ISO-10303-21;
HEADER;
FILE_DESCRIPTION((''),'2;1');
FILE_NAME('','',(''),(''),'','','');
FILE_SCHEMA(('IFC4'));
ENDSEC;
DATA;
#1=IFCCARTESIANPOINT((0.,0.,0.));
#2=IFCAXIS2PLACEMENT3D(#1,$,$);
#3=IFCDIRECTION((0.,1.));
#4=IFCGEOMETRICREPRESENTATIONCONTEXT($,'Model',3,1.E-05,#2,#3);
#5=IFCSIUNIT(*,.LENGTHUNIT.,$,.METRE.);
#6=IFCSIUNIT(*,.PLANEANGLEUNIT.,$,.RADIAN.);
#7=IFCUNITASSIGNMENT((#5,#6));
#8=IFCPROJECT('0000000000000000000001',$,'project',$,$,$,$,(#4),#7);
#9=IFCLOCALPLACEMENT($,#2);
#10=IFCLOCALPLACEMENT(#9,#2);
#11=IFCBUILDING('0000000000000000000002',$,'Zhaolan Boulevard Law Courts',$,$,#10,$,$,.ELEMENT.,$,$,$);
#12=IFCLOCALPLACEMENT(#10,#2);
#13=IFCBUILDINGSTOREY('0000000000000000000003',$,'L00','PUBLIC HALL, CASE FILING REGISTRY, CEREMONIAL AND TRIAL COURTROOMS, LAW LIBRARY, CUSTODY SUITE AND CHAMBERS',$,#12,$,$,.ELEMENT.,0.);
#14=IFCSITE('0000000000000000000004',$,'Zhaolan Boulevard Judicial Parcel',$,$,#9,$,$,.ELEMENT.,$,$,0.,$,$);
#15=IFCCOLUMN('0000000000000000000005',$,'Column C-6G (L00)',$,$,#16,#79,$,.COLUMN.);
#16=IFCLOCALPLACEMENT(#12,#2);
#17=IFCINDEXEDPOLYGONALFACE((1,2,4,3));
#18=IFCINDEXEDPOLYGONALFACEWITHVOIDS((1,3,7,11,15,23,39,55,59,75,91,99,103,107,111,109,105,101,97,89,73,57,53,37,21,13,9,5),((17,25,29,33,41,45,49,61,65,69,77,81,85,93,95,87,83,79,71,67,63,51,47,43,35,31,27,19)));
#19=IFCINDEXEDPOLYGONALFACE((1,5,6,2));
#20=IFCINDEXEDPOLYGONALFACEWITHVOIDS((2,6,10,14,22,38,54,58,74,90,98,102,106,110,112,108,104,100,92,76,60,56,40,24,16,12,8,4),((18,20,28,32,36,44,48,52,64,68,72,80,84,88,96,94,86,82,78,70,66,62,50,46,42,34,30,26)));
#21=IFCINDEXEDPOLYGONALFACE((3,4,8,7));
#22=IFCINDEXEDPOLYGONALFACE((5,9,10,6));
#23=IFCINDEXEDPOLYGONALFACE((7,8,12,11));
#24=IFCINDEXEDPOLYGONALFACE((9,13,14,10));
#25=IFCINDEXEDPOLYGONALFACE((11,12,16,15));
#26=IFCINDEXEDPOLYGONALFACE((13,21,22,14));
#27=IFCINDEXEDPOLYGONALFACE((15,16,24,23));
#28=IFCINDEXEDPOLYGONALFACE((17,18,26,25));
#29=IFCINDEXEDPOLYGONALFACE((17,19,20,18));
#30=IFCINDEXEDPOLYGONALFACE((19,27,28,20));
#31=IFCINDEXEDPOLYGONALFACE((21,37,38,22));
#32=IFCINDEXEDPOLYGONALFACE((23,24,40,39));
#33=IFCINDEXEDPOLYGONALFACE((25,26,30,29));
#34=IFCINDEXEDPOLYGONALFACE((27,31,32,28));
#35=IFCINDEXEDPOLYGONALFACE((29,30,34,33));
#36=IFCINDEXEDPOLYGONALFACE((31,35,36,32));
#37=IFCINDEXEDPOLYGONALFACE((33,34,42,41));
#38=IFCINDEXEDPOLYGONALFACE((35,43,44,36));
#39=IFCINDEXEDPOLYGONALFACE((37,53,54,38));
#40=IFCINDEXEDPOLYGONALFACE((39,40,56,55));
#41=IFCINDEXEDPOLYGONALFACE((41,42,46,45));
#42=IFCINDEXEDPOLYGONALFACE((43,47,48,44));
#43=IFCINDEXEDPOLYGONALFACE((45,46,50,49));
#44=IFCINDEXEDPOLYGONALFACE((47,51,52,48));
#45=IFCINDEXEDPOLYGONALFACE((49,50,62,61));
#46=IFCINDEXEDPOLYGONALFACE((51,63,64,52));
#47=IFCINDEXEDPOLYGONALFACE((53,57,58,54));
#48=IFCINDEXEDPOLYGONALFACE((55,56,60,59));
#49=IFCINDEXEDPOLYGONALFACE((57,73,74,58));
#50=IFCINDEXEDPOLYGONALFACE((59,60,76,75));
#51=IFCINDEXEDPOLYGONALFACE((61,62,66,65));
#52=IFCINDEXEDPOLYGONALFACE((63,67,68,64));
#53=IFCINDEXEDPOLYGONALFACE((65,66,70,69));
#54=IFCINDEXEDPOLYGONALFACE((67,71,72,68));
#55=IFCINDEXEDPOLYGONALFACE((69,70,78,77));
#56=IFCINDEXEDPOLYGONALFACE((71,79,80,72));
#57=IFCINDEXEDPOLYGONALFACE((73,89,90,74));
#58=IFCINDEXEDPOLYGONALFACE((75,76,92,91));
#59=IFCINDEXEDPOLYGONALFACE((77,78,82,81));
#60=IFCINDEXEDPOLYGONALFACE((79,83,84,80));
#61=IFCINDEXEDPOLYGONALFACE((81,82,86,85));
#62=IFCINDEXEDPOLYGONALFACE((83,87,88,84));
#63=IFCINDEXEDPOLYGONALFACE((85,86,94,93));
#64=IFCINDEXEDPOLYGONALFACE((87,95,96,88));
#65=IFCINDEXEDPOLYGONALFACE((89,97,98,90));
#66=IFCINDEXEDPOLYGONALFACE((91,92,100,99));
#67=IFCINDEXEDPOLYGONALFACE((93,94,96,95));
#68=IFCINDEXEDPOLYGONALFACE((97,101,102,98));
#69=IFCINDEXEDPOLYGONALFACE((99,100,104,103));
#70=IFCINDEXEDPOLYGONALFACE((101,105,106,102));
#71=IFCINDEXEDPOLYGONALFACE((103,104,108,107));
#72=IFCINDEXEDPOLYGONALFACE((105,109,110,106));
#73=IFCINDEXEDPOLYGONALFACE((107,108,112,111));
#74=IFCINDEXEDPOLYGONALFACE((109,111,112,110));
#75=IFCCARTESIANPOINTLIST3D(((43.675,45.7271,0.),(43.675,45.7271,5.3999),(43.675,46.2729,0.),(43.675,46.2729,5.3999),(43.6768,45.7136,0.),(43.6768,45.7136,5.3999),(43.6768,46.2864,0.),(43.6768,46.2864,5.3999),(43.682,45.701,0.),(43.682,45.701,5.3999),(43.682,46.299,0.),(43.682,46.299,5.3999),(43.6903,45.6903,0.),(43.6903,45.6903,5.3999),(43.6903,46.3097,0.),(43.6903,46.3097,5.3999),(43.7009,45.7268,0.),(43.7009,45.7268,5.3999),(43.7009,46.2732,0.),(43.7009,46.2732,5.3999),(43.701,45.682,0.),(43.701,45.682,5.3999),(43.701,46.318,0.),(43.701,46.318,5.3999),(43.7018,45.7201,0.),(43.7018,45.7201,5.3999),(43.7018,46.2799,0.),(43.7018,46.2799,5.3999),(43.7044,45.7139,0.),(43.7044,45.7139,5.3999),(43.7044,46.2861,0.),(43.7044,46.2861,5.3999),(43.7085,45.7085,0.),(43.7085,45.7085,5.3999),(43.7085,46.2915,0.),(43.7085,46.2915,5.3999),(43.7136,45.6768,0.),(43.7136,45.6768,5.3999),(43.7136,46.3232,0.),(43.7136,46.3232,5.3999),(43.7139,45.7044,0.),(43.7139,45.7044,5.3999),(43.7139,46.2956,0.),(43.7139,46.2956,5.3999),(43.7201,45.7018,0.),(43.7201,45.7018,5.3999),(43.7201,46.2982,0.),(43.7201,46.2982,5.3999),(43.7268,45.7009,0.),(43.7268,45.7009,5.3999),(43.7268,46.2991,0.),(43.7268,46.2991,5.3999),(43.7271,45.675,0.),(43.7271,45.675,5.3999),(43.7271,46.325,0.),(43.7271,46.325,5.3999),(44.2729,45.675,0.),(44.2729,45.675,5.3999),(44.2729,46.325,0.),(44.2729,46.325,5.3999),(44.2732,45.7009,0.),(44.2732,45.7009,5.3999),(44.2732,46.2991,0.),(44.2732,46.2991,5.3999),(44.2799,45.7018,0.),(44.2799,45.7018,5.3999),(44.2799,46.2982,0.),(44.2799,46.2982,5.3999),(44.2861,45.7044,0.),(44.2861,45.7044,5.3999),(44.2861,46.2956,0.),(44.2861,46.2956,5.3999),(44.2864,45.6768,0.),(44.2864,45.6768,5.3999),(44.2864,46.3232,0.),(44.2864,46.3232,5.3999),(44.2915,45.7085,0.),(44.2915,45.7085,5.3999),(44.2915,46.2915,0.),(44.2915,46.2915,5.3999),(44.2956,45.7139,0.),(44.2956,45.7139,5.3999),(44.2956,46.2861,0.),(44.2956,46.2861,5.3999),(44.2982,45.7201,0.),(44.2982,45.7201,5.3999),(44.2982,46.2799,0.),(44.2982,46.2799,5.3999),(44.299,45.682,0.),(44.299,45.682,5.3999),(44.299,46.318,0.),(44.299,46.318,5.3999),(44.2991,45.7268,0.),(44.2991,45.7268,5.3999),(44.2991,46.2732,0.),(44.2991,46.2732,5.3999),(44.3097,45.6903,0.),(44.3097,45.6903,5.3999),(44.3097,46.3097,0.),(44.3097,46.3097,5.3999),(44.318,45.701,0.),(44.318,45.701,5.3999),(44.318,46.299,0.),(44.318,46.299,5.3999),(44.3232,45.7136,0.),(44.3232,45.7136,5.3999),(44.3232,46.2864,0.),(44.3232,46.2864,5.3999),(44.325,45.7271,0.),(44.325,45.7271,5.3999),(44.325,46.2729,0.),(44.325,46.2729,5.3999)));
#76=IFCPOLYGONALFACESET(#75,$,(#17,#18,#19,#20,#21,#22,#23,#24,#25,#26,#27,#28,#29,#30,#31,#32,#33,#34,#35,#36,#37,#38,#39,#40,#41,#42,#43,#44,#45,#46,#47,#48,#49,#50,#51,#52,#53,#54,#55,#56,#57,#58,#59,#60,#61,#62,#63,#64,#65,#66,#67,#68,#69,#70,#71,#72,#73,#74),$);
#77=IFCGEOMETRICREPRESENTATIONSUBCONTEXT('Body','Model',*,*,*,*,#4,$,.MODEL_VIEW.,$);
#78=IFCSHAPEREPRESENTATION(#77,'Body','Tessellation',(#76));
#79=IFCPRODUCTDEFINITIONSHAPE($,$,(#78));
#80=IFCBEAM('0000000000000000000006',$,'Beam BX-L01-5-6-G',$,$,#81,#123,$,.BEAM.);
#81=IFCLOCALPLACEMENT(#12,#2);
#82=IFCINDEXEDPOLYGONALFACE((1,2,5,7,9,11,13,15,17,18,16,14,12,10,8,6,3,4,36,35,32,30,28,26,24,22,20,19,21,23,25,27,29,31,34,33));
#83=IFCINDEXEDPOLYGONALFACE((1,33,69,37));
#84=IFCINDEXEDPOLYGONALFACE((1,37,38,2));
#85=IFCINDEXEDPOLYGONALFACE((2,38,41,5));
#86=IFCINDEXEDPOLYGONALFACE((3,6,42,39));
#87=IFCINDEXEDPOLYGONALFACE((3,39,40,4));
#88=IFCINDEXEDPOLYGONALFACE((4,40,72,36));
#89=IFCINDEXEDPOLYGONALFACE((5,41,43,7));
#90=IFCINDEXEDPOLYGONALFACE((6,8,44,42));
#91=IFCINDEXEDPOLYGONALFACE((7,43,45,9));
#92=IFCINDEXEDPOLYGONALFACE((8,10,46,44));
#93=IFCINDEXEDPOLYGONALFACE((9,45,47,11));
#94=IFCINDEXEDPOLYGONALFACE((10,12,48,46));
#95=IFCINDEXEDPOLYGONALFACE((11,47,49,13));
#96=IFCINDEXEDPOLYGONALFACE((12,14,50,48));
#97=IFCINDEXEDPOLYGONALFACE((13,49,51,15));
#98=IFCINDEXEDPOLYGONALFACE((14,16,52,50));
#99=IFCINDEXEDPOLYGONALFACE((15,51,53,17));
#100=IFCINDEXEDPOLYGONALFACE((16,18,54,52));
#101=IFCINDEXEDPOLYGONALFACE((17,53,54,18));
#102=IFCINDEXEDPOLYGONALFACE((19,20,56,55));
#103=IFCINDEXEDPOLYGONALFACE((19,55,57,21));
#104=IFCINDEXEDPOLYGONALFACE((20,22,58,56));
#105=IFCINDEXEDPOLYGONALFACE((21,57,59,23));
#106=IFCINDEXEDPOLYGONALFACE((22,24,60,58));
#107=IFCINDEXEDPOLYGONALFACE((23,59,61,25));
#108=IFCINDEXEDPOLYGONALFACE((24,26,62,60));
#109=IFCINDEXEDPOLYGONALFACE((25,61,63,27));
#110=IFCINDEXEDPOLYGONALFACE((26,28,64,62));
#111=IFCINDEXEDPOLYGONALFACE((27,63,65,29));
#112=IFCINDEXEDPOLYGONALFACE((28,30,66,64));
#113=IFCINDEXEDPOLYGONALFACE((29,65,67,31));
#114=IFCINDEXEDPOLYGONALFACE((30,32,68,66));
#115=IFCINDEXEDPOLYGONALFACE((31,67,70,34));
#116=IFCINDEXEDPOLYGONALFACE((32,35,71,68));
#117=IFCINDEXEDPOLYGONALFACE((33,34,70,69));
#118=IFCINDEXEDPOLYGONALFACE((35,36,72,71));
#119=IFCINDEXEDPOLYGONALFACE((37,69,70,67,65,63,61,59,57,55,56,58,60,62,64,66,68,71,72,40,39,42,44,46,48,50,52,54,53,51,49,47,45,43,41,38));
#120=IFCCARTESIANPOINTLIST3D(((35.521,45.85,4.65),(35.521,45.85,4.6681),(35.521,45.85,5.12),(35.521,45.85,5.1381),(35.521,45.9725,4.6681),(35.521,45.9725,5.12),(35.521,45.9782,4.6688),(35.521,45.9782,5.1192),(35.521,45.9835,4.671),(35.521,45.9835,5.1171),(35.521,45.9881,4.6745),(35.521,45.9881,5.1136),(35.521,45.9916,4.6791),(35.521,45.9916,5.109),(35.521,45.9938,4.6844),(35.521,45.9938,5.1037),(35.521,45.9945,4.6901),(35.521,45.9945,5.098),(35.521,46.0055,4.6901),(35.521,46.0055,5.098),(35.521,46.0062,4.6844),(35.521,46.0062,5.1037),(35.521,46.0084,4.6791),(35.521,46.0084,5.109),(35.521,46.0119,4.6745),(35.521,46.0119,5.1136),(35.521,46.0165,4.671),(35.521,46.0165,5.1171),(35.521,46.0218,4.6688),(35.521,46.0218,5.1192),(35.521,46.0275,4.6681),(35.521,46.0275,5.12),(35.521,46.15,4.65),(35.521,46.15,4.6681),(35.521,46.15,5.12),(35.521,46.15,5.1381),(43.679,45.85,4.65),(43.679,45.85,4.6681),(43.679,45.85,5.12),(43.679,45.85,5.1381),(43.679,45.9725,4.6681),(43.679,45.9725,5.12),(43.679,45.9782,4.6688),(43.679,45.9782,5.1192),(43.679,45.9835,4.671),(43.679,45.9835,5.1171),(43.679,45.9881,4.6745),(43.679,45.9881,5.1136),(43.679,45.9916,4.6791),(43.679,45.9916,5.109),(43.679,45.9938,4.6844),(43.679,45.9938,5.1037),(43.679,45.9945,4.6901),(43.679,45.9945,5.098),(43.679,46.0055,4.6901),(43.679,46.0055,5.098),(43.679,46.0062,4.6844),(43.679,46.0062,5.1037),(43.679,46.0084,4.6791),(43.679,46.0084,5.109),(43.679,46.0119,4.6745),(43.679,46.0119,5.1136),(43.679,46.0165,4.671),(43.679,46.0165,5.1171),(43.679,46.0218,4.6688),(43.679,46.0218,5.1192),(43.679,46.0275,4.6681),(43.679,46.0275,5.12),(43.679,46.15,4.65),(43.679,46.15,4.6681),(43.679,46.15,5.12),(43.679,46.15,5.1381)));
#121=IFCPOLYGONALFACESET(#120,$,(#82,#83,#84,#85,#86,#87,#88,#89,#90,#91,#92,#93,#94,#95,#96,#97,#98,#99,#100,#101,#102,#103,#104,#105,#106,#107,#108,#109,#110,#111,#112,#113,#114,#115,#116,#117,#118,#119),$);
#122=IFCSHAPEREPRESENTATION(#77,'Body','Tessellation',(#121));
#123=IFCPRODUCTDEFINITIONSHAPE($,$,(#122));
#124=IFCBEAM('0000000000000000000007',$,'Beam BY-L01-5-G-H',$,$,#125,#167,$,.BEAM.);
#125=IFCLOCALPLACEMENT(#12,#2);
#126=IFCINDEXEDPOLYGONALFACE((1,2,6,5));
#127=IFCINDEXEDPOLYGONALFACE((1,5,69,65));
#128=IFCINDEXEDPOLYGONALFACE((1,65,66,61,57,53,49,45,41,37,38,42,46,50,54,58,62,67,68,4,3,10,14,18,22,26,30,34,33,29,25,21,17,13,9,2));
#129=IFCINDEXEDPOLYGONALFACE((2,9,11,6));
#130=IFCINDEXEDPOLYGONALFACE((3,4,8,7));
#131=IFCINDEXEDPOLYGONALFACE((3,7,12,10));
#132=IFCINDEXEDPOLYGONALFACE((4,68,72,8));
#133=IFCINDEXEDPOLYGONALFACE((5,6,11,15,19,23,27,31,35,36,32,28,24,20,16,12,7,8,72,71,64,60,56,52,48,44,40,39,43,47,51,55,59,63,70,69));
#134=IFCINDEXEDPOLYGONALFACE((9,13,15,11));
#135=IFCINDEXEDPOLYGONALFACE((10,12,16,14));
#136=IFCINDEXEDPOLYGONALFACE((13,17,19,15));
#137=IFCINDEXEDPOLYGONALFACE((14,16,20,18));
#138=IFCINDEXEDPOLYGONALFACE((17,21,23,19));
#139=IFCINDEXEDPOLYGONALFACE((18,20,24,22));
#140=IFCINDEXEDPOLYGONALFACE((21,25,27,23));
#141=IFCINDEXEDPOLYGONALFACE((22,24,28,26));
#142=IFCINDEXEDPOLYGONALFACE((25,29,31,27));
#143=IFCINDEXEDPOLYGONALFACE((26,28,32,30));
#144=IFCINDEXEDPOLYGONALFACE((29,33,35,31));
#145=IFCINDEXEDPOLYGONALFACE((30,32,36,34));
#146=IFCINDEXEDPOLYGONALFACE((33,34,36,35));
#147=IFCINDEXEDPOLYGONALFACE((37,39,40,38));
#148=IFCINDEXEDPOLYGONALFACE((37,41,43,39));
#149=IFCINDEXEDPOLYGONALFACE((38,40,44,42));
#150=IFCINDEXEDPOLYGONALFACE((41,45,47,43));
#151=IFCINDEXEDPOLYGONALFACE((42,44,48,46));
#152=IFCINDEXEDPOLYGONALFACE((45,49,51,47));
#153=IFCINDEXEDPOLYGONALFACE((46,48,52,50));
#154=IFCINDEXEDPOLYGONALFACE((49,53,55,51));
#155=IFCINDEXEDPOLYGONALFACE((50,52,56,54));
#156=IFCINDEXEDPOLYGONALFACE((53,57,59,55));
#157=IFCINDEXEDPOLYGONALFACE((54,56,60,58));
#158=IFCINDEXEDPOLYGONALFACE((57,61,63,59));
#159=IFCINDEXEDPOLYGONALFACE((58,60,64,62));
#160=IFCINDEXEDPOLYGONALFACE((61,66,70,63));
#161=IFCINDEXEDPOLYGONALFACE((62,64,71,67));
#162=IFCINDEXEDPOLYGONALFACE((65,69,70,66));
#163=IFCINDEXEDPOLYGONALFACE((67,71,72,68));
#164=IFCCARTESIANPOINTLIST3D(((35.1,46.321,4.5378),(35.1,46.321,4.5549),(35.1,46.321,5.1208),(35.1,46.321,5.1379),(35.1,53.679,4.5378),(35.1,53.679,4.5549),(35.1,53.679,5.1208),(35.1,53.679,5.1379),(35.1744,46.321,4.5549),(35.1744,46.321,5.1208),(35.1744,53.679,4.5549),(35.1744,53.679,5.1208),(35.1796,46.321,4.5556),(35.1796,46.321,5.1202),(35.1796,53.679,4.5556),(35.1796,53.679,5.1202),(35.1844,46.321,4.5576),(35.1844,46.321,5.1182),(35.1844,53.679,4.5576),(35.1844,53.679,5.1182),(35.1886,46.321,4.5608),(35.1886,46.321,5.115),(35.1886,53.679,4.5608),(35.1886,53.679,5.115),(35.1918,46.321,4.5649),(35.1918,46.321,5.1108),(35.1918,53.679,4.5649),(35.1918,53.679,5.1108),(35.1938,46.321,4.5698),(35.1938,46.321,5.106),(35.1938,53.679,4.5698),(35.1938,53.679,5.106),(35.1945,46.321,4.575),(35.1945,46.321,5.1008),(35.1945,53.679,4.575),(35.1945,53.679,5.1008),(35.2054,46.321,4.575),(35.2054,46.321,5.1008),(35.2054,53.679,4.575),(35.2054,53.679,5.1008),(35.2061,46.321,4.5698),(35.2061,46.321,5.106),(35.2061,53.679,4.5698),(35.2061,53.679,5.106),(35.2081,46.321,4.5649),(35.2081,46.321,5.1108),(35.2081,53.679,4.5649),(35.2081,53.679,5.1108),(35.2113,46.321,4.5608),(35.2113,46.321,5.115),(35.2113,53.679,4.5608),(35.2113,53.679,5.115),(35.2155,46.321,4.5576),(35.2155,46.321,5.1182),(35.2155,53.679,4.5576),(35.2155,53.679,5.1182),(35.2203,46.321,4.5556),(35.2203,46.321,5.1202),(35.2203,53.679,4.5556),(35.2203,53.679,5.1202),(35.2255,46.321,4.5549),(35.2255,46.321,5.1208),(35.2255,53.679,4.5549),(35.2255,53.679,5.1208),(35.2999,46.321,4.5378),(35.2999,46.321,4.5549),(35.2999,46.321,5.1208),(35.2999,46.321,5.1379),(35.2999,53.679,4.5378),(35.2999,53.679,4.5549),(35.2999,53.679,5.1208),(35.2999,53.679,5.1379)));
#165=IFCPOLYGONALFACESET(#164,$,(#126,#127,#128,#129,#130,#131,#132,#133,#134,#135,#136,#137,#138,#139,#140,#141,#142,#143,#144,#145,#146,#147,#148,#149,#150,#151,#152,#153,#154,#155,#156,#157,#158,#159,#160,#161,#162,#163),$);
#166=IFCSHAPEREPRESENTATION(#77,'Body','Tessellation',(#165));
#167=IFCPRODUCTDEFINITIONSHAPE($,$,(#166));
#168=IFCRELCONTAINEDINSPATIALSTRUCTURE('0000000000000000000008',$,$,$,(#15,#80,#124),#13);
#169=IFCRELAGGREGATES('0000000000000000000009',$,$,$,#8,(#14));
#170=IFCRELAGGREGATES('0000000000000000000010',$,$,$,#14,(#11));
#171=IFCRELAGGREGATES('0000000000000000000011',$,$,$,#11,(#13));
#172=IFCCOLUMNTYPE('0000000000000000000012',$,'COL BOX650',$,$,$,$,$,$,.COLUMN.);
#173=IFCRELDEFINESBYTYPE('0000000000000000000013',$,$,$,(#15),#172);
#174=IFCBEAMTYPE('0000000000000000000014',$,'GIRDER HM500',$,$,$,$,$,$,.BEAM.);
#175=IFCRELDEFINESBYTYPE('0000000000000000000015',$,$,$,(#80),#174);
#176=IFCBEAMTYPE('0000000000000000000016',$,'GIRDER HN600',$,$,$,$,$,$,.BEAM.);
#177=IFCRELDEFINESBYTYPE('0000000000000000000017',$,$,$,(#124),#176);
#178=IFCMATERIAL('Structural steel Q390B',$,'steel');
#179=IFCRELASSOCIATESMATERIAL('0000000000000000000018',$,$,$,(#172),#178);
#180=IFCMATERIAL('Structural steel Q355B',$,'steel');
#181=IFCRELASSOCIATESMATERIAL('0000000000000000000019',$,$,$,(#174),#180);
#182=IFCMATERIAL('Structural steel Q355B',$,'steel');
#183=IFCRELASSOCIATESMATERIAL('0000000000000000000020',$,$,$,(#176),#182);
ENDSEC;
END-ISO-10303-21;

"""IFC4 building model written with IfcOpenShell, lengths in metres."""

from ifc_helpers import new_model, si_unit, direction, frame, origin, origin_2d, place, context, subcontext, project, spatial, hollow_rectangle, i_section, extrude, material, material_profile, profile_set, type_object, element, save


model = new_model("IFC4")

# Units and contexts
model_context = context("Model", 3, precision=1e-05, world=origin(), true_north=direction((0.0, 1.0)))
body_context = subcontext(model_context, "Body", "Model", "MODEL_VIEW")
ifc_project = project(units=[si_unit("LENGTHUNIT", "METRE"), si_unit("PLANEANGLEUNIT", "RADIAN")], contexts=[model_context])

# Site, building, storey
site_placement = place(None, origin())
site = spatial("IfcSite", under=ifc_project, at=site_placement, Name="Zhaolan Boulevard Judicial Parcel", CompositionType="ELEMENT", RefElevation=0.0)
building_placement = place(site_placement, origin())
building = spatial("IfcBuilding", under=site, at=building_placement, Name="Zhaolan Boulevard Law Courts", CompositionType="ELEMENT")
storey_placement = place(building_placement, origin())
storey = spatial("IfcBuildingStorey", under=building, at=storey_placement, Name="L00", Description="PUBLIC HALL, CASE FILING REGISTRY, CEREMONIAL AND TRIAL COURTROOMS, LAW LIBRARY, CUSTODY SUITE AND CHAMBERS", CompositionType="ELEMENT", Elevation=0.0)

# Column
ifc_material_1 = material(Name="Structural steel Q390B", Category="steel")
ifc_material_profile_1 = material_profile(ifc_material_1, hollow_rectangle(XDim=0.6499, YDim=0.6499, WallThickness=0.0259, InnerFilletRadius=0.0259, OuterFilletRadius=0.052, at=origin_2d()), Name="BOX650x650x26")
ifc_profile_set_1 = profile_set([ifc_material_profile_1], Name="Structural steel Q390B")
column_type = type_object("IfcColumnType", Name="COL BOX650", PredefinedType="COLUMN", material=ifc_profile_set_1)
for number, where, z_axis, x_axis, name in (
    (1, (44.0, 46.0, 0.0), (0.0, 0.0, 1.0), (1.0, 0.0, 0.0), "Column C-6G (L00)"),
):
    element("IfcColumn", number, at=place(storey_placement, frame(where, z_axis=z_axis, x_axis=x_axis)), inside=storey, type_object=column_type, Name=name, PredefinedType="COLUMN", context=body_context, shape_type="SweptSolid", body=[
        extrude(hollow_rectangle(XDim=0.6499, YDim=0.6499, WallThickness=0.0259, InnerFilletRadius=0.0259, OuterFilletRadius=0.052, at=origin_2d()), origin(), (0.0, 0.0, 1.0), 5.3999),
    ])

# Beams
ifc_material_2 = material(Name="Structural steel Q355B", Category="steel")
ifc_material_profile_2 = material_profile(ifc_material_2, i_section(OverallWidth=0.3, OverallDepth=0.488, WebThickness=0.011, FlangeThickness=0.0181, FilletRadius=0.022, at=origin_2d()), Name="HM488x300")
ifc_profile_set_2 = profile_set([ifc_material_profile_2], Name="Structural steel Q355B")
beam_type_1 = type_object("IfcBeamType", Name="GIRDER HM500", PredefinedType="BEAM", material=ifc_profile_set_2)
beam_1_placement = place(storey_placement, frame((35.521, 46.0, 4.894), z_axis=(1.0, 0.0, 0.0), x_axis=(0.0, 1.0, 0.0)))
element("IfcBeam", 2, at=beam_1_placement, inside=storey, type_object=beam_type_1, Name="Beam BX-L01-5-6-G", PredefinedType="BEAM", context=body_context, shape_type="SweptSolid", body=[
    extrude(i_section(OverallWidth=0.3, OverallDepth=0.488, WebThickness=0.011, FlangeThickness=0.0181, FilletRadius=0.022, at=origin_2d()), origin(), (0.0, 0.0, 1.0), 8.158),
])
ifc_material_3 = material(Name="Structural steel Q355B", Category="steel")
ifc_material_profile_3 = material_profile(ifc_material_3, i_section(OverallWidth=0.2, OverallDepth=0.6001, WebThickness=0.011, FlangeThickness=0.0171, FilletRadius=0.02, at=origin_2d()), Name="HN600x200")
ifc_profile_set_3 = profile_set([ifc_material_profile_3], Name="Structural steel Q355B")
beam_type_2 = type_object("IfcBeamType", Name="GIRDER HN600", PredefinedType="BEAM", material=ifc_profile_set_3)
for number, where, z_axis, x_axis, name in (
    (3, (35.2, 46.321, 4.8379), (0.0, 1.0, 0.0), (-1.0, 0.0, 0.0), "Beam BY-L01-5-G-H"),
):
    element("IfcBeam", number, at=place(storey_placement, frame(where, z_axis=z_axis, x_axis=x_axis)), inside=storey, type_object=beam_type_2, Name=name, PredefinedType="BEAM", context=body_context, shape_type="SweptSolid", body=[
        extrude(i_section(OverallWidth=0.2, OverallDepth=0.6001, WebThickness=0.011, FlangeThickness=0.0171, FilletRadius=0.02, at=origin_2d()), origin(), (0.0, 0.0, 1.0), 7.3579),
    ])

save(model, "model.ifc")
